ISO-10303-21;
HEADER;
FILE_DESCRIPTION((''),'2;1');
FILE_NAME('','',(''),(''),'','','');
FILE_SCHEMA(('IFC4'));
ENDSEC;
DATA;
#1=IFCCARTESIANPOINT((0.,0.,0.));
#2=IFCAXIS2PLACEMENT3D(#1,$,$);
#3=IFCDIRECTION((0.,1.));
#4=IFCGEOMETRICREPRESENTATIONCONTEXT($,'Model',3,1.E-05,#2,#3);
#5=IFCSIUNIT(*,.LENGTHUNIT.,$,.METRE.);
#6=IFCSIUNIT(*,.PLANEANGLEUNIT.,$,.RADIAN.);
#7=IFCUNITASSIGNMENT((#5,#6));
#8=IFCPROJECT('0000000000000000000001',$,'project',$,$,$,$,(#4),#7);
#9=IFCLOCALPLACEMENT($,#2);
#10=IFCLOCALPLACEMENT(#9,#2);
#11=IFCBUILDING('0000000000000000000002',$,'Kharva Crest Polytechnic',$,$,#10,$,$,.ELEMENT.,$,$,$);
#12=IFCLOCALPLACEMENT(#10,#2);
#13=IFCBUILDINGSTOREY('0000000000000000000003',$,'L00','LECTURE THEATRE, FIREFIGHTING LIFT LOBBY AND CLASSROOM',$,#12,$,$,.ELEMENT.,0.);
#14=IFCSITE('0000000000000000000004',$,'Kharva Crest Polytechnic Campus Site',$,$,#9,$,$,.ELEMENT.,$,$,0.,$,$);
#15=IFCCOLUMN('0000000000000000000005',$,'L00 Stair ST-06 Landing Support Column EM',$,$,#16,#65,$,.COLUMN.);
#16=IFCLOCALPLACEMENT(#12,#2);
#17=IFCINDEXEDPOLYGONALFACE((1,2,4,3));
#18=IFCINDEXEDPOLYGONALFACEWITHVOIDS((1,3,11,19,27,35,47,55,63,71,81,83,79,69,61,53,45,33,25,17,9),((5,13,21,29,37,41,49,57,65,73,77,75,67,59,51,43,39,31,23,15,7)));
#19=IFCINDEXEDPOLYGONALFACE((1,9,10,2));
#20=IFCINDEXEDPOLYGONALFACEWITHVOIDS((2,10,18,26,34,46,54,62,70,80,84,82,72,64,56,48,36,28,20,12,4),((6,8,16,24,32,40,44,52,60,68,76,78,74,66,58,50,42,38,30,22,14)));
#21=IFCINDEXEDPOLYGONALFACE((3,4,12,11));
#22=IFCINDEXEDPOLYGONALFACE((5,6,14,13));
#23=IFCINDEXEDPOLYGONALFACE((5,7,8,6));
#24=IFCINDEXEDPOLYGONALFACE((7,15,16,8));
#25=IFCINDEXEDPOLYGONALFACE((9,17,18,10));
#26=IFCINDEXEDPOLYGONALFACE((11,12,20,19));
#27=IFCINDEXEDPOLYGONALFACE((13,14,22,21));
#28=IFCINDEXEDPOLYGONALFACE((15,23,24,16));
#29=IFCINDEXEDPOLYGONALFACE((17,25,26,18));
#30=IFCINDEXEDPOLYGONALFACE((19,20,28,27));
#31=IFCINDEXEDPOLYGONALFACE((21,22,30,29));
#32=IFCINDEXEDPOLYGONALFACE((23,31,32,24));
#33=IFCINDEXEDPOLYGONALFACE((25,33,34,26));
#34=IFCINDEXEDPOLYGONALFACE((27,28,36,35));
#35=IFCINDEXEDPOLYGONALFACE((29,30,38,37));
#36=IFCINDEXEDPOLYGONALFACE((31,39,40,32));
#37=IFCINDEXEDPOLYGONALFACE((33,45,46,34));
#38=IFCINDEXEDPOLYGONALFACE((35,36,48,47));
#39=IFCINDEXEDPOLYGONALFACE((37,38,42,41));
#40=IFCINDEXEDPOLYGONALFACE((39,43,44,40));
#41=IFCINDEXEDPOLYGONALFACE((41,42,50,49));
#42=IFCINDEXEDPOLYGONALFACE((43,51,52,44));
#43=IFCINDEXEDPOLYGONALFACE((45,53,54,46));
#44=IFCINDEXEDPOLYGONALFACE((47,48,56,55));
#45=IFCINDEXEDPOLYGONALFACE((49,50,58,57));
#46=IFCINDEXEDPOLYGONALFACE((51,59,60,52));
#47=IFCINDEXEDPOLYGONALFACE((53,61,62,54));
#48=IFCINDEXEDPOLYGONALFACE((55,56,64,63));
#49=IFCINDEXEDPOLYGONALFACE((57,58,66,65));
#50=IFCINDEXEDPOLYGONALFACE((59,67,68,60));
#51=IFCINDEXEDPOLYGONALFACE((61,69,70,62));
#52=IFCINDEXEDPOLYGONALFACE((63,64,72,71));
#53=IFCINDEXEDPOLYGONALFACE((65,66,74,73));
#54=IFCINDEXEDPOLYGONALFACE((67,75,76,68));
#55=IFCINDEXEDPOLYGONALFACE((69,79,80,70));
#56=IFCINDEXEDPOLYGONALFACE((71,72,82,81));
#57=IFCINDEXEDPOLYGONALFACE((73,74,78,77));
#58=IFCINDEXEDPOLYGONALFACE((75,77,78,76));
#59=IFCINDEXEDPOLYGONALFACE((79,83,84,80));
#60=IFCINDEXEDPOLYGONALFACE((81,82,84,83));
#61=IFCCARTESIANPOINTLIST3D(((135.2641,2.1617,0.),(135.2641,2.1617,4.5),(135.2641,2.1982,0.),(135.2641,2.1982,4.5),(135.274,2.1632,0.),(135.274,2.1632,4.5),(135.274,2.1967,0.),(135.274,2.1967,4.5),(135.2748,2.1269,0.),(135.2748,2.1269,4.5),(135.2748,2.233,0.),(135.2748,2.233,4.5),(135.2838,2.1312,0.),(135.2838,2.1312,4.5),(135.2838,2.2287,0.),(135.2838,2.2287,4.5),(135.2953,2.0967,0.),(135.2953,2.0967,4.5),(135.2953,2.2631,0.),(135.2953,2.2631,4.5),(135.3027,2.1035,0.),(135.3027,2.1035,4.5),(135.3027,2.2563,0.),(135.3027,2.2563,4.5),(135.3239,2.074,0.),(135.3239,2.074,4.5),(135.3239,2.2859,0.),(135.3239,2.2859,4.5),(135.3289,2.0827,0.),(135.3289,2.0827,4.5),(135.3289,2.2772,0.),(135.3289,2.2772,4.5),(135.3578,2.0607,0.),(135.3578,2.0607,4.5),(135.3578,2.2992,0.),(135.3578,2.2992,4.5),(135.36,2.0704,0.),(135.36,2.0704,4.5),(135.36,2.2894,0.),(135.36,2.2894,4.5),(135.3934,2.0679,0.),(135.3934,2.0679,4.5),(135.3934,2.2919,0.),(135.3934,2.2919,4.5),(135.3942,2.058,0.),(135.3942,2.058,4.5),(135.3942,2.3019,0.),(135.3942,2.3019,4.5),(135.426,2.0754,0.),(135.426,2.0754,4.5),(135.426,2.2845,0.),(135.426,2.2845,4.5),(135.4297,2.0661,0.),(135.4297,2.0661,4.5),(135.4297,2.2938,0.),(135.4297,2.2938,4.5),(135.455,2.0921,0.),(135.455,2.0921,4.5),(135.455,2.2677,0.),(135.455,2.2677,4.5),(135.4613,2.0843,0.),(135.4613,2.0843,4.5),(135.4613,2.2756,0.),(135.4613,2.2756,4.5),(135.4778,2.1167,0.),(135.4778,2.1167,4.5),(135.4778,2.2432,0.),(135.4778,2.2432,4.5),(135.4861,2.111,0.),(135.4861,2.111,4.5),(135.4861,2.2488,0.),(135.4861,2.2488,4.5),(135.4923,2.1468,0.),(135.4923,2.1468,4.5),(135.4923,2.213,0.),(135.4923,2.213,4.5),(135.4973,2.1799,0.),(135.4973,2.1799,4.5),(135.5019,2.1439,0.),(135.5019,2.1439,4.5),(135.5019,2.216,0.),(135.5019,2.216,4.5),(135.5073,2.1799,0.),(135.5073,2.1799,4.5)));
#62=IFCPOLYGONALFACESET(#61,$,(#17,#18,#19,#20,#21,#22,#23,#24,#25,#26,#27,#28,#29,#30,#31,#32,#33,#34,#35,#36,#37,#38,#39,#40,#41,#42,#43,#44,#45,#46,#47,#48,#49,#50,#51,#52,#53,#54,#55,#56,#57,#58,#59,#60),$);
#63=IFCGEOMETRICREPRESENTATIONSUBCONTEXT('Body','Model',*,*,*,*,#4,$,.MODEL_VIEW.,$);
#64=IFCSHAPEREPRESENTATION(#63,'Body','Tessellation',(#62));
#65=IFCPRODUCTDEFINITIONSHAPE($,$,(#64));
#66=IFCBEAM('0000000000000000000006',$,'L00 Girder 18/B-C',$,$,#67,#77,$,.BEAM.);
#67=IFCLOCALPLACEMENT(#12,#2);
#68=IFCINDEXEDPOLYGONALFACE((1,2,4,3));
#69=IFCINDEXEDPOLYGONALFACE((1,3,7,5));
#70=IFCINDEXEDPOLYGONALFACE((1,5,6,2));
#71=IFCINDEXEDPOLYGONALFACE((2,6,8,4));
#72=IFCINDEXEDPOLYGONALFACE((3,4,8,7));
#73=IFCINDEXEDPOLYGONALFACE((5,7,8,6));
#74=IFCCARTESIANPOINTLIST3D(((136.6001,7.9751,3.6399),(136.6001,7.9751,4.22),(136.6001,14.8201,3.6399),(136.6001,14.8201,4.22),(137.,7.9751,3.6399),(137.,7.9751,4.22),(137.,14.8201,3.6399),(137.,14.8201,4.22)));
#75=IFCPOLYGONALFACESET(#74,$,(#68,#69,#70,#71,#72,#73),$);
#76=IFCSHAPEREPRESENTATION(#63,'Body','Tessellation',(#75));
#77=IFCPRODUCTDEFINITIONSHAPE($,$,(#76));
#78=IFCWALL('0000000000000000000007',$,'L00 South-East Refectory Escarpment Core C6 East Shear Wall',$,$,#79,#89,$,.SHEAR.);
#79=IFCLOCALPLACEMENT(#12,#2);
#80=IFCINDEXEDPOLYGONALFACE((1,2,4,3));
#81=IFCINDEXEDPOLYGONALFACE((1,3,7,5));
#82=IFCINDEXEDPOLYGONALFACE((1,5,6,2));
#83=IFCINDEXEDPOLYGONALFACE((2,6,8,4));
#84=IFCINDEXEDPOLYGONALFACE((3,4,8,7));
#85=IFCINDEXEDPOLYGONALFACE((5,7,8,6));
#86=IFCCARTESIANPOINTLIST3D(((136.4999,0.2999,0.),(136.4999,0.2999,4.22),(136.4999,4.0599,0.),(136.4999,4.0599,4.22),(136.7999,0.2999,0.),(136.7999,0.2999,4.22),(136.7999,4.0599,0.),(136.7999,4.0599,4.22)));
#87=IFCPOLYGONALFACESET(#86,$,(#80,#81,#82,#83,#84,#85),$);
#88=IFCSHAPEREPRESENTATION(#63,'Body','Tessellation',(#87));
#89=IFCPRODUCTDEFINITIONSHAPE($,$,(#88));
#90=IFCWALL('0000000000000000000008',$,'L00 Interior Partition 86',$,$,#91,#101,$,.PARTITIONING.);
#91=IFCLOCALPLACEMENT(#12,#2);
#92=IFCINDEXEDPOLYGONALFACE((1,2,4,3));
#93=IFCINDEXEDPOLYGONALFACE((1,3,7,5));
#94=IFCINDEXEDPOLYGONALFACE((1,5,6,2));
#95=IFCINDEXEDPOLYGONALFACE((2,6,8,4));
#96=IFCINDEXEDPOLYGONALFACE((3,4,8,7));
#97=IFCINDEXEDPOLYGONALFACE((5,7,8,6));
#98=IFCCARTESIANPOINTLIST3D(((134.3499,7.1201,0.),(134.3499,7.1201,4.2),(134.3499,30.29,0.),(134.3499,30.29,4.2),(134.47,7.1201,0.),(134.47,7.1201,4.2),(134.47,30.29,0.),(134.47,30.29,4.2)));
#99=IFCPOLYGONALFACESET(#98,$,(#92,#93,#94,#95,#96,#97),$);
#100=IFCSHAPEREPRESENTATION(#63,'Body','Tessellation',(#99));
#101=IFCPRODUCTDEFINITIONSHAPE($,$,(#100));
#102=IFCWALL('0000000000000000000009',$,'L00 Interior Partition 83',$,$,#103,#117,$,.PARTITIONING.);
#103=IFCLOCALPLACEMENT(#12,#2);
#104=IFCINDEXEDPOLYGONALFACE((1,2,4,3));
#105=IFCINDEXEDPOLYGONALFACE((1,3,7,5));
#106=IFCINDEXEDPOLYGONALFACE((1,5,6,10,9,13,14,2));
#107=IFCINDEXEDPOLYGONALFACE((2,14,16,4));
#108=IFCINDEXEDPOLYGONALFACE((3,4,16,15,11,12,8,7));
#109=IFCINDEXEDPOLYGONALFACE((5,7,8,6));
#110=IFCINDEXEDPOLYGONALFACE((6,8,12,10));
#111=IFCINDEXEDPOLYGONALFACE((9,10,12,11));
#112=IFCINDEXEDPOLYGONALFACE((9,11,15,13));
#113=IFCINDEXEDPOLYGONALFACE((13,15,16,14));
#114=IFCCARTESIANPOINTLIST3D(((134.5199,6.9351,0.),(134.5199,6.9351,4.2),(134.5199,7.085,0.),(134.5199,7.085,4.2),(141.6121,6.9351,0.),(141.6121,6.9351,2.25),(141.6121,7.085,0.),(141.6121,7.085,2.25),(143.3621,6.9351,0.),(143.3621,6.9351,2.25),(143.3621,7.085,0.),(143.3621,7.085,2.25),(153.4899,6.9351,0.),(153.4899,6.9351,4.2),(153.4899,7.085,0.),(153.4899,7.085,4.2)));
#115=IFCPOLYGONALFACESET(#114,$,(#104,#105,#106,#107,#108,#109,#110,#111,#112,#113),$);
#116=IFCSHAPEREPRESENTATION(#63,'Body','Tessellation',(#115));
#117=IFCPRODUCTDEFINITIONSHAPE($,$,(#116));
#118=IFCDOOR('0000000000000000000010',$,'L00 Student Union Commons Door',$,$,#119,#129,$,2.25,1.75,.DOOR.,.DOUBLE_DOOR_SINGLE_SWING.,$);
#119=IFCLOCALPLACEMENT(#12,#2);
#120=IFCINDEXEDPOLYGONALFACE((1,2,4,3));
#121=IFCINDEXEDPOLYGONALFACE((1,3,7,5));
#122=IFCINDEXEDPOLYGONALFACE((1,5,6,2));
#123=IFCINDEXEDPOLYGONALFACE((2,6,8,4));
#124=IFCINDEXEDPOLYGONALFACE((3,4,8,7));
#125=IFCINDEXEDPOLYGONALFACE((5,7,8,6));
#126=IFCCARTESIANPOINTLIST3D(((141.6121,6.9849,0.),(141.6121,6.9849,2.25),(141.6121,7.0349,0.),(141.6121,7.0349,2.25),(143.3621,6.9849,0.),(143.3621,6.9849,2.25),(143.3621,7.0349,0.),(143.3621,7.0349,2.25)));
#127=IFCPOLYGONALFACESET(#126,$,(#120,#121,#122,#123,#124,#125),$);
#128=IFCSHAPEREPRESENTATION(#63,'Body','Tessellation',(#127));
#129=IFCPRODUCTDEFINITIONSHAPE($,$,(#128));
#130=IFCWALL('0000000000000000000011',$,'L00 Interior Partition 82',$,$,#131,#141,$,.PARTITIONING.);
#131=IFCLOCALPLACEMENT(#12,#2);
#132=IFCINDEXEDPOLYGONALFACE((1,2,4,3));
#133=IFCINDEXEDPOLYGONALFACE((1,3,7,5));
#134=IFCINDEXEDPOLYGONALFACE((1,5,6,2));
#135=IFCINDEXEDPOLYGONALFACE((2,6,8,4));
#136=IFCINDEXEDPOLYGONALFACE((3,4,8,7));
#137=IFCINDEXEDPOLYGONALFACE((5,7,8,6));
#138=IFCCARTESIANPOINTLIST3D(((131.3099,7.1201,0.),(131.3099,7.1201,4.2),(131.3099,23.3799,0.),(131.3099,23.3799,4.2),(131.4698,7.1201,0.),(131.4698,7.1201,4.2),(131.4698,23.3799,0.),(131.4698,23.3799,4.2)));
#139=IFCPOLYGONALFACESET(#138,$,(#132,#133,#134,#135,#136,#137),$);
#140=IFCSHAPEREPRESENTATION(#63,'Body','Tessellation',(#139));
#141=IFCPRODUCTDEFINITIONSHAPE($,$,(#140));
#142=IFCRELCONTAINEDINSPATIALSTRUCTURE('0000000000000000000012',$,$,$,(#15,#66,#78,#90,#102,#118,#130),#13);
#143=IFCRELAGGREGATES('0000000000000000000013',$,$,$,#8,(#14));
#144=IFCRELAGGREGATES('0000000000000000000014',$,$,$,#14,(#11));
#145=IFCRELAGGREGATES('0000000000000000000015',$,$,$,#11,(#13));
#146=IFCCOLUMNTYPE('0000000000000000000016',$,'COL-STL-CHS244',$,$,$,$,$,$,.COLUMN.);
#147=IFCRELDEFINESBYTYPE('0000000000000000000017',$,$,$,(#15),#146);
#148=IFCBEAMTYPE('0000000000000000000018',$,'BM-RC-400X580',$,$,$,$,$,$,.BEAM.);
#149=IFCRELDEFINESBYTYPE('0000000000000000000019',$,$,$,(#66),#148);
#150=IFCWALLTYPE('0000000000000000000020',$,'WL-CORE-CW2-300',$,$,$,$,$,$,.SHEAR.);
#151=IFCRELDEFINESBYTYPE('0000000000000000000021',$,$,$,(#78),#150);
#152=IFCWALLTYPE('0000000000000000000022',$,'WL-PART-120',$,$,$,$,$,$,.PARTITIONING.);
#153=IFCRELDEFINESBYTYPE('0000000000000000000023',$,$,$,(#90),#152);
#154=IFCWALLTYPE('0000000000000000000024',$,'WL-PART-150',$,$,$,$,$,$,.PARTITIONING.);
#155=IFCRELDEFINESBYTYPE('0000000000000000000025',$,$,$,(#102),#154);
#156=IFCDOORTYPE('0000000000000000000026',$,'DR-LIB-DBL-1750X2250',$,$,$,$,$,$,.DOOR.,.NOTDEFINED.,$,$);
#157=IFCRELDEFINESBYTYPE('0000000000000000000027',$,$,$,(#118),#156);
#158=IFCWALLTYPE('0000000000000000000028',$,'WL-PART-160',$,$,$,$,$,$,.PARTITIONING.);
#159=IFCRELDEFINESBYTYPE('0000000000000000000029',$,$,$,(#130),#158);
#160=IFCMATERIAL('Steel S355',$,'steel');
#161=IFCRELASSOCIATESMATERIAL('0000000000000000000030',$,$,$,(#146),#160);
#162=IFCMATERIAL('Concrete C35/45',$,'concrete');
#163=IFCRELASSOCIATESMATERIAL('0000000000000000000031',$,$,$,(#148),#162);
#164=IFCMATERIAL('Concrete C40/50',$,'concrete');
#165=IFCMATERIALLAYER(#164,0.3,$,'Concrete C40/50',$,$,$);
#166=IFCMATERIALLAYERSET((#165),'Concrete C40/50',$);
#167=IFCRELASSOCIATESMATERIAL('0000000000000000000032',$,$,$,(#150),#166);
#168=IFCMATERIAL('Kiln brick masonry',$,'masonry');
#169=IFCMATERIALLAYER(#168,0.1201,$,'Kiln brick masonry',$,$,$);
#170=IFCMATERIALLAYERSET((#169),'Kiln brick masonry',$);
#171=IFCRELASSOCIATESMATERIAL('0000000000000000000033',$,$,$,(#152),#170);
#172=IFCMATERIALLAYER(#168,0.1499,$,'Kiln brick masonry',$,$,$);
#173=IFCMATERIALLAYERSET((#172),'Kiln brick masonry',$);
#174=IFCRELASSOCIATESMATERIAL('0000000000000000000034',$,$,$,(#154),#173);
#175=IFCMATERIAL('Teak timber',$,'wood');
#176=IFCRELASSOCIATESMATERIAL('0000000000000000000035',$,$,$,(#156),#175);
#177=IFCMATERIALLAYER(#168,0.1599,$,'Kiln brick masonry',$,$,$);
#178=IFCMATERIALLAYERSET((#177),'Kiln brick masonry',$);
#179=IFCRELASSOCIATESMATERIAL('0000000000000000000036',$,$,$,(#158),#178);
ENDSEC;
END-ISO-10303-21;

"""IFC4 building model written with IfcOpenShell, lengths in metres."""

from ifc_helpers import new_model, si_unit, direction, frame, frame_2d, origin, origin_2d, place, context, subcontext, project, spatial, rectangle, hollow_circle, extrude, material, layer, layer_set, material_profile, profile_set, type_object, element, fill, save


model = new_model("IFC4")

# Units and contexts
model_context = context("Model", 3, precision=1e-05, world=origin(), true_north=direction((0.0, 1.0)))
body_context = subcontext(model_context, "Body", "Model", "MODEL_VIEW")
ifc_project = project(units=[si_unit("LENGTHUNIT", "METRE"), si_unit("PLANEANGLEUNIT", "RADIAN")], contexts=[model_context])

# Site, building, storey
site_placement = place(None, origin())
site = spatial("IfcSite", under=ifc_project, at=site_placement, Name="Kharva Crest Polytechnic Campus Site", CompositionType="ELEMENT", RefElevation=0.0)
building_placement = place(site_placement, origin())
building = spatial("IfcBuilding", under=site, at=building_placement, Name="Kharva Crest Polytechnic", CompositionType="ELEMENT")
storey_placement = place(building_placement, origin())
storey = spatial("IfcBuildingStorey", under=building, at=storey_placement, Name="L00", Description="LECTURE THEATRE, FIREFIGHTING LIFT LOBBY AND CLASSROOM", CompositionType="ELEMENT", Elevation=0.0)

# Column
ifc_material_1 = material(Name="Concrete C40/50", Category="concrete")
ifc_material_2 = material(Name="Steel S355", Category="steel")
ifc_material_profile_1 = material_profile(ifc_material_2, hollow_circle(Radius=0.1223, WallThickness=0.01, at=origin_2d()), Name="CHS 244.5X10.0")
ifc_profile_set_1 = profile_set([ifc_material_profile_1], Name="Steel S355")
column_type_1 = type_object("IfcColumnType", Name="COL-STL-CHS244", PredefinedType="COLUMN", material=ifc_profile_set_1)
for number, where, z_axis, x_axis, name in (
    (1, (135.385, 2.1799, 0.0), (0.0, 0.0, 1.0), (1.0, 0.0, 0.0), "L00 Stair ST-06 Landing Support Column EM"),
):
    element("IfcColumn", number, at=place(storey_placement, frame(where, z_axis=z_axis, x_axis=x_axis)), inside=storey, type_object=column_type_1, Name=name, PredefinedType="COLUMN", context=body_context, shape_type="SweptSolid", body=[
        extrude(hollow_circle(Radius=0.1223, WallThickness=0.01, at=origin_2d()), origin(), (0.0, 0.0, 1.0), 4.5),
    ])

# Beam
ifc_material_3 = material(Name="Concrete C35/45", Category="concrete")
ifc_material_profile_2 = material_profile(ifc_material_3, rectangle(XDim=0.3999, YDim=0.5801, at=origin_2d()), Name="RECT 400 X 580")
ifc_profile_set_2 = profile_set([ifc_material_profile_2], Name="Concrete C35/45")
beam_type = type_object("IfcBeamType", Name="BM-RC-400X580", PredefinedType="BEAM", material=ifc_profile_set_2)
beam_placement = place(storey_placement, frame((136.8, 7.9751, 3.9299), z_axis=(0.0, 1.0, 0.0), x_axis=(-1.0, 0.0, 0.0)))
element("IfcBeam", 2, at=beam_placement, inside=storey, type_object=beam_type, Name="L00 Girder 18/B-C", PredefinedType="BEAM", context=body_context, shape_type="SweptSolid", body=[
    extrude(rectangle(XDim=0.3999, YDim=0.5801, at=origin_2d()), origin(), (0.0, 0.0, 1.0), 6.845),
])

# Walls
ifc_layer_1 = layer(ifc_material_1, 0.3, Name="Concrete C40/50")
ifc_layer_set_1 = layer_set([ifc_layer_1], Name="Concrete C40/50")
wall_type_1 = type_object("IfcWallType", Name="WL-CORE-CW2-300", PredefinedType="SHEAR", material=ifc_layer_set_1)
wall_1_placement = place(storey_placement, frame((136.6499, 0.3, 0.0), z_axis=(0.0, 0.0, 1.0), x_axis=(0.0, 1.0, 0.0)))
element("IfcWall", 3, at=wall_1_placement, inside=storey, type_object=wall_type_1, Name="L00 South-East Refectory Escarpment Core C6 East Shear Wall", PredefinedType="SHEAR", context=body_context, shape_type="SweptSolid", body=[
    extrude(rectangle(XDim=3.76, YDim=0.3, at=frame_2d((1.8799, 0.0))), origin(), (0.0, 0.0, 1.0), 4.22),
])
ifc_material_4 = material(Name="Kiln brick masonry", Category="masonry")
ifc_layer_2 = layer(ifc_material_4, 0.1201, Name="Kiln brick masonry")
ifc_layer_set_2 = layer_set([ifc_layer_2], Name="Kiln brick masonry")
wall_type_2 = type_object("IfcWallType", Name="WL-PART-120", PredefinedType="PARTITIONING", material=ifc_layer_set_2)
wall_2_placement = place(storey_placement, frame((134.4099, 7.1201, 0.0), z_axis=(0.0, 0.0, 1.0), x_axis=(0.0, 1.0, 0.0)))
element("IfcWall", 4, at=wall_2_placement, inside=storey, type_object=wall_type_2, Name="L00 Interior Partition 86", PredefinedType="PARTITIONING", context=body_context, shape_type="SweptSolid", body=[
    extrude(rectangle(XDim=23.1699, YDim=0.1201, at=frame_2d((11.585, 0.0))), origin(), (0.0, 0.0, 1.0), 4.2),
])

# Wall, opening, door
ifc_layer_3 = layer(ifc_material_4, 0.1499, Name="Kiln brick masonry")
ifc_layer_set_3 = layer_set([ifc_layer_3], Name="Kiln brick masonry")
wall_type_3 = type_object("IfcWallType", Name="WL-PART-150", PredefinedType="PARTITIONING", material=ifc_layer_set_3)
wall_3_placement = place(storey_placement, frame((134.52, 7.01, 0.0), z_axis=(0.0, 0.0, 1.0), x_axis=(1.0, 0.0, 0.0)))
wall_3 = element("IfcWall", 5, at=wall_3_placement, inside=storey, type_object=wall_type_3, Name="L00 Interior Partition 83", PredefinedType="PARTITIONING", context=body_context, shape_type="SweptSolid", body=[
    extrude(rectangle(XDim=18.97, YDim=0.1499, at=frame_2d((9.4849, 0.0))), origin(), (0.0, 0.0, 1.0), 4.2),
])
opening_placement = place(wall_3_placement, frame((7.092, 0.0, 0.0)))
opening = element("IfcOpeningElement", 6, at=opening_placement, cuts=wall_3, PredefinedType="OPENING", context=body_context, shape_type="SweptSolid", body=[
    extrude(rectangle(XDim=1.75, YDim=2.25, at=frame_2d((0.875, 1.125))), frame((0.0, 0.085, 0.0), z_axis=(0.0, -1.0, 0.0), x_axis=(1.0, 0.0, 0.0)), (0.0, 0.0, 1.0), 0.1699),
])
ifc_material_5 = material(Name="Teak timber", Category="wood")
door_type = type_object("IfcDoorType", Name="DR-LIB-DBL-1750X2250", OperationType="NOTDEFINED", PredefinedType="DOOR", material=ifc_material_5)
door_placement = place(opening_placement, origin())
door = element("IfcDoor", 7, at=door_placement, inside=storey, type_object=door_type, Name="L00 Student Union Commons Door", OperationType="DOUBLE_DOOR_SINGLE_SWING", OverallHeight=2.25, OverallWidth=1.75, PredefinedType="DOOR", context=body_context, shape_type="SweptSolid", body=[
    extrude(rectangle(XDim=1.75, YDim=2.25, at=frame_2d((0.875, 1.125))), frame((0.0, 0.0249, 0.0), z_axis=(0.0, -1.0, 0.0), x_axis=(1.0, 0.0, 0.0)), (0.0, 0.0, 1.0), 0.05),
])
fill(opening, door)

# Wall
ifc_layer_4 = layer(ifc_material_4, 0.1599, Name="Kiln brick masonry")
ifc_layer_set_4 = layer_set([ifc_layer_4], Name="Kiln brick masonry")
wall_type_4 = type_object("IfcWallType", Name="WL-PART-160", PredefinedType="PARTITIONING", material=ifc_layer_set_4)
wall_4_placement = place(storey_placement, frame((131.3899, 7.1201, 0.0), z_axis=(0.0, 0.0, 1.0), x_axis=(0.0, 1.0, 0.0)))
element("IfcWall", 8, at=wall_4_placement, inside=storey, type_object=wall_type_4, Name="L00 Interior Partition 82", PredefinedType="PARTITIONING", context=body_context, shape_type="SweptSolid", body=[
    extrude(rectangle(XDim=16.2598, YDim=0.1599, at=frame_2d((8.1299, 0.0))), origin(), (0.0, 0.0, 1.0), 4.2),
])

save(model, "model.ifc")
